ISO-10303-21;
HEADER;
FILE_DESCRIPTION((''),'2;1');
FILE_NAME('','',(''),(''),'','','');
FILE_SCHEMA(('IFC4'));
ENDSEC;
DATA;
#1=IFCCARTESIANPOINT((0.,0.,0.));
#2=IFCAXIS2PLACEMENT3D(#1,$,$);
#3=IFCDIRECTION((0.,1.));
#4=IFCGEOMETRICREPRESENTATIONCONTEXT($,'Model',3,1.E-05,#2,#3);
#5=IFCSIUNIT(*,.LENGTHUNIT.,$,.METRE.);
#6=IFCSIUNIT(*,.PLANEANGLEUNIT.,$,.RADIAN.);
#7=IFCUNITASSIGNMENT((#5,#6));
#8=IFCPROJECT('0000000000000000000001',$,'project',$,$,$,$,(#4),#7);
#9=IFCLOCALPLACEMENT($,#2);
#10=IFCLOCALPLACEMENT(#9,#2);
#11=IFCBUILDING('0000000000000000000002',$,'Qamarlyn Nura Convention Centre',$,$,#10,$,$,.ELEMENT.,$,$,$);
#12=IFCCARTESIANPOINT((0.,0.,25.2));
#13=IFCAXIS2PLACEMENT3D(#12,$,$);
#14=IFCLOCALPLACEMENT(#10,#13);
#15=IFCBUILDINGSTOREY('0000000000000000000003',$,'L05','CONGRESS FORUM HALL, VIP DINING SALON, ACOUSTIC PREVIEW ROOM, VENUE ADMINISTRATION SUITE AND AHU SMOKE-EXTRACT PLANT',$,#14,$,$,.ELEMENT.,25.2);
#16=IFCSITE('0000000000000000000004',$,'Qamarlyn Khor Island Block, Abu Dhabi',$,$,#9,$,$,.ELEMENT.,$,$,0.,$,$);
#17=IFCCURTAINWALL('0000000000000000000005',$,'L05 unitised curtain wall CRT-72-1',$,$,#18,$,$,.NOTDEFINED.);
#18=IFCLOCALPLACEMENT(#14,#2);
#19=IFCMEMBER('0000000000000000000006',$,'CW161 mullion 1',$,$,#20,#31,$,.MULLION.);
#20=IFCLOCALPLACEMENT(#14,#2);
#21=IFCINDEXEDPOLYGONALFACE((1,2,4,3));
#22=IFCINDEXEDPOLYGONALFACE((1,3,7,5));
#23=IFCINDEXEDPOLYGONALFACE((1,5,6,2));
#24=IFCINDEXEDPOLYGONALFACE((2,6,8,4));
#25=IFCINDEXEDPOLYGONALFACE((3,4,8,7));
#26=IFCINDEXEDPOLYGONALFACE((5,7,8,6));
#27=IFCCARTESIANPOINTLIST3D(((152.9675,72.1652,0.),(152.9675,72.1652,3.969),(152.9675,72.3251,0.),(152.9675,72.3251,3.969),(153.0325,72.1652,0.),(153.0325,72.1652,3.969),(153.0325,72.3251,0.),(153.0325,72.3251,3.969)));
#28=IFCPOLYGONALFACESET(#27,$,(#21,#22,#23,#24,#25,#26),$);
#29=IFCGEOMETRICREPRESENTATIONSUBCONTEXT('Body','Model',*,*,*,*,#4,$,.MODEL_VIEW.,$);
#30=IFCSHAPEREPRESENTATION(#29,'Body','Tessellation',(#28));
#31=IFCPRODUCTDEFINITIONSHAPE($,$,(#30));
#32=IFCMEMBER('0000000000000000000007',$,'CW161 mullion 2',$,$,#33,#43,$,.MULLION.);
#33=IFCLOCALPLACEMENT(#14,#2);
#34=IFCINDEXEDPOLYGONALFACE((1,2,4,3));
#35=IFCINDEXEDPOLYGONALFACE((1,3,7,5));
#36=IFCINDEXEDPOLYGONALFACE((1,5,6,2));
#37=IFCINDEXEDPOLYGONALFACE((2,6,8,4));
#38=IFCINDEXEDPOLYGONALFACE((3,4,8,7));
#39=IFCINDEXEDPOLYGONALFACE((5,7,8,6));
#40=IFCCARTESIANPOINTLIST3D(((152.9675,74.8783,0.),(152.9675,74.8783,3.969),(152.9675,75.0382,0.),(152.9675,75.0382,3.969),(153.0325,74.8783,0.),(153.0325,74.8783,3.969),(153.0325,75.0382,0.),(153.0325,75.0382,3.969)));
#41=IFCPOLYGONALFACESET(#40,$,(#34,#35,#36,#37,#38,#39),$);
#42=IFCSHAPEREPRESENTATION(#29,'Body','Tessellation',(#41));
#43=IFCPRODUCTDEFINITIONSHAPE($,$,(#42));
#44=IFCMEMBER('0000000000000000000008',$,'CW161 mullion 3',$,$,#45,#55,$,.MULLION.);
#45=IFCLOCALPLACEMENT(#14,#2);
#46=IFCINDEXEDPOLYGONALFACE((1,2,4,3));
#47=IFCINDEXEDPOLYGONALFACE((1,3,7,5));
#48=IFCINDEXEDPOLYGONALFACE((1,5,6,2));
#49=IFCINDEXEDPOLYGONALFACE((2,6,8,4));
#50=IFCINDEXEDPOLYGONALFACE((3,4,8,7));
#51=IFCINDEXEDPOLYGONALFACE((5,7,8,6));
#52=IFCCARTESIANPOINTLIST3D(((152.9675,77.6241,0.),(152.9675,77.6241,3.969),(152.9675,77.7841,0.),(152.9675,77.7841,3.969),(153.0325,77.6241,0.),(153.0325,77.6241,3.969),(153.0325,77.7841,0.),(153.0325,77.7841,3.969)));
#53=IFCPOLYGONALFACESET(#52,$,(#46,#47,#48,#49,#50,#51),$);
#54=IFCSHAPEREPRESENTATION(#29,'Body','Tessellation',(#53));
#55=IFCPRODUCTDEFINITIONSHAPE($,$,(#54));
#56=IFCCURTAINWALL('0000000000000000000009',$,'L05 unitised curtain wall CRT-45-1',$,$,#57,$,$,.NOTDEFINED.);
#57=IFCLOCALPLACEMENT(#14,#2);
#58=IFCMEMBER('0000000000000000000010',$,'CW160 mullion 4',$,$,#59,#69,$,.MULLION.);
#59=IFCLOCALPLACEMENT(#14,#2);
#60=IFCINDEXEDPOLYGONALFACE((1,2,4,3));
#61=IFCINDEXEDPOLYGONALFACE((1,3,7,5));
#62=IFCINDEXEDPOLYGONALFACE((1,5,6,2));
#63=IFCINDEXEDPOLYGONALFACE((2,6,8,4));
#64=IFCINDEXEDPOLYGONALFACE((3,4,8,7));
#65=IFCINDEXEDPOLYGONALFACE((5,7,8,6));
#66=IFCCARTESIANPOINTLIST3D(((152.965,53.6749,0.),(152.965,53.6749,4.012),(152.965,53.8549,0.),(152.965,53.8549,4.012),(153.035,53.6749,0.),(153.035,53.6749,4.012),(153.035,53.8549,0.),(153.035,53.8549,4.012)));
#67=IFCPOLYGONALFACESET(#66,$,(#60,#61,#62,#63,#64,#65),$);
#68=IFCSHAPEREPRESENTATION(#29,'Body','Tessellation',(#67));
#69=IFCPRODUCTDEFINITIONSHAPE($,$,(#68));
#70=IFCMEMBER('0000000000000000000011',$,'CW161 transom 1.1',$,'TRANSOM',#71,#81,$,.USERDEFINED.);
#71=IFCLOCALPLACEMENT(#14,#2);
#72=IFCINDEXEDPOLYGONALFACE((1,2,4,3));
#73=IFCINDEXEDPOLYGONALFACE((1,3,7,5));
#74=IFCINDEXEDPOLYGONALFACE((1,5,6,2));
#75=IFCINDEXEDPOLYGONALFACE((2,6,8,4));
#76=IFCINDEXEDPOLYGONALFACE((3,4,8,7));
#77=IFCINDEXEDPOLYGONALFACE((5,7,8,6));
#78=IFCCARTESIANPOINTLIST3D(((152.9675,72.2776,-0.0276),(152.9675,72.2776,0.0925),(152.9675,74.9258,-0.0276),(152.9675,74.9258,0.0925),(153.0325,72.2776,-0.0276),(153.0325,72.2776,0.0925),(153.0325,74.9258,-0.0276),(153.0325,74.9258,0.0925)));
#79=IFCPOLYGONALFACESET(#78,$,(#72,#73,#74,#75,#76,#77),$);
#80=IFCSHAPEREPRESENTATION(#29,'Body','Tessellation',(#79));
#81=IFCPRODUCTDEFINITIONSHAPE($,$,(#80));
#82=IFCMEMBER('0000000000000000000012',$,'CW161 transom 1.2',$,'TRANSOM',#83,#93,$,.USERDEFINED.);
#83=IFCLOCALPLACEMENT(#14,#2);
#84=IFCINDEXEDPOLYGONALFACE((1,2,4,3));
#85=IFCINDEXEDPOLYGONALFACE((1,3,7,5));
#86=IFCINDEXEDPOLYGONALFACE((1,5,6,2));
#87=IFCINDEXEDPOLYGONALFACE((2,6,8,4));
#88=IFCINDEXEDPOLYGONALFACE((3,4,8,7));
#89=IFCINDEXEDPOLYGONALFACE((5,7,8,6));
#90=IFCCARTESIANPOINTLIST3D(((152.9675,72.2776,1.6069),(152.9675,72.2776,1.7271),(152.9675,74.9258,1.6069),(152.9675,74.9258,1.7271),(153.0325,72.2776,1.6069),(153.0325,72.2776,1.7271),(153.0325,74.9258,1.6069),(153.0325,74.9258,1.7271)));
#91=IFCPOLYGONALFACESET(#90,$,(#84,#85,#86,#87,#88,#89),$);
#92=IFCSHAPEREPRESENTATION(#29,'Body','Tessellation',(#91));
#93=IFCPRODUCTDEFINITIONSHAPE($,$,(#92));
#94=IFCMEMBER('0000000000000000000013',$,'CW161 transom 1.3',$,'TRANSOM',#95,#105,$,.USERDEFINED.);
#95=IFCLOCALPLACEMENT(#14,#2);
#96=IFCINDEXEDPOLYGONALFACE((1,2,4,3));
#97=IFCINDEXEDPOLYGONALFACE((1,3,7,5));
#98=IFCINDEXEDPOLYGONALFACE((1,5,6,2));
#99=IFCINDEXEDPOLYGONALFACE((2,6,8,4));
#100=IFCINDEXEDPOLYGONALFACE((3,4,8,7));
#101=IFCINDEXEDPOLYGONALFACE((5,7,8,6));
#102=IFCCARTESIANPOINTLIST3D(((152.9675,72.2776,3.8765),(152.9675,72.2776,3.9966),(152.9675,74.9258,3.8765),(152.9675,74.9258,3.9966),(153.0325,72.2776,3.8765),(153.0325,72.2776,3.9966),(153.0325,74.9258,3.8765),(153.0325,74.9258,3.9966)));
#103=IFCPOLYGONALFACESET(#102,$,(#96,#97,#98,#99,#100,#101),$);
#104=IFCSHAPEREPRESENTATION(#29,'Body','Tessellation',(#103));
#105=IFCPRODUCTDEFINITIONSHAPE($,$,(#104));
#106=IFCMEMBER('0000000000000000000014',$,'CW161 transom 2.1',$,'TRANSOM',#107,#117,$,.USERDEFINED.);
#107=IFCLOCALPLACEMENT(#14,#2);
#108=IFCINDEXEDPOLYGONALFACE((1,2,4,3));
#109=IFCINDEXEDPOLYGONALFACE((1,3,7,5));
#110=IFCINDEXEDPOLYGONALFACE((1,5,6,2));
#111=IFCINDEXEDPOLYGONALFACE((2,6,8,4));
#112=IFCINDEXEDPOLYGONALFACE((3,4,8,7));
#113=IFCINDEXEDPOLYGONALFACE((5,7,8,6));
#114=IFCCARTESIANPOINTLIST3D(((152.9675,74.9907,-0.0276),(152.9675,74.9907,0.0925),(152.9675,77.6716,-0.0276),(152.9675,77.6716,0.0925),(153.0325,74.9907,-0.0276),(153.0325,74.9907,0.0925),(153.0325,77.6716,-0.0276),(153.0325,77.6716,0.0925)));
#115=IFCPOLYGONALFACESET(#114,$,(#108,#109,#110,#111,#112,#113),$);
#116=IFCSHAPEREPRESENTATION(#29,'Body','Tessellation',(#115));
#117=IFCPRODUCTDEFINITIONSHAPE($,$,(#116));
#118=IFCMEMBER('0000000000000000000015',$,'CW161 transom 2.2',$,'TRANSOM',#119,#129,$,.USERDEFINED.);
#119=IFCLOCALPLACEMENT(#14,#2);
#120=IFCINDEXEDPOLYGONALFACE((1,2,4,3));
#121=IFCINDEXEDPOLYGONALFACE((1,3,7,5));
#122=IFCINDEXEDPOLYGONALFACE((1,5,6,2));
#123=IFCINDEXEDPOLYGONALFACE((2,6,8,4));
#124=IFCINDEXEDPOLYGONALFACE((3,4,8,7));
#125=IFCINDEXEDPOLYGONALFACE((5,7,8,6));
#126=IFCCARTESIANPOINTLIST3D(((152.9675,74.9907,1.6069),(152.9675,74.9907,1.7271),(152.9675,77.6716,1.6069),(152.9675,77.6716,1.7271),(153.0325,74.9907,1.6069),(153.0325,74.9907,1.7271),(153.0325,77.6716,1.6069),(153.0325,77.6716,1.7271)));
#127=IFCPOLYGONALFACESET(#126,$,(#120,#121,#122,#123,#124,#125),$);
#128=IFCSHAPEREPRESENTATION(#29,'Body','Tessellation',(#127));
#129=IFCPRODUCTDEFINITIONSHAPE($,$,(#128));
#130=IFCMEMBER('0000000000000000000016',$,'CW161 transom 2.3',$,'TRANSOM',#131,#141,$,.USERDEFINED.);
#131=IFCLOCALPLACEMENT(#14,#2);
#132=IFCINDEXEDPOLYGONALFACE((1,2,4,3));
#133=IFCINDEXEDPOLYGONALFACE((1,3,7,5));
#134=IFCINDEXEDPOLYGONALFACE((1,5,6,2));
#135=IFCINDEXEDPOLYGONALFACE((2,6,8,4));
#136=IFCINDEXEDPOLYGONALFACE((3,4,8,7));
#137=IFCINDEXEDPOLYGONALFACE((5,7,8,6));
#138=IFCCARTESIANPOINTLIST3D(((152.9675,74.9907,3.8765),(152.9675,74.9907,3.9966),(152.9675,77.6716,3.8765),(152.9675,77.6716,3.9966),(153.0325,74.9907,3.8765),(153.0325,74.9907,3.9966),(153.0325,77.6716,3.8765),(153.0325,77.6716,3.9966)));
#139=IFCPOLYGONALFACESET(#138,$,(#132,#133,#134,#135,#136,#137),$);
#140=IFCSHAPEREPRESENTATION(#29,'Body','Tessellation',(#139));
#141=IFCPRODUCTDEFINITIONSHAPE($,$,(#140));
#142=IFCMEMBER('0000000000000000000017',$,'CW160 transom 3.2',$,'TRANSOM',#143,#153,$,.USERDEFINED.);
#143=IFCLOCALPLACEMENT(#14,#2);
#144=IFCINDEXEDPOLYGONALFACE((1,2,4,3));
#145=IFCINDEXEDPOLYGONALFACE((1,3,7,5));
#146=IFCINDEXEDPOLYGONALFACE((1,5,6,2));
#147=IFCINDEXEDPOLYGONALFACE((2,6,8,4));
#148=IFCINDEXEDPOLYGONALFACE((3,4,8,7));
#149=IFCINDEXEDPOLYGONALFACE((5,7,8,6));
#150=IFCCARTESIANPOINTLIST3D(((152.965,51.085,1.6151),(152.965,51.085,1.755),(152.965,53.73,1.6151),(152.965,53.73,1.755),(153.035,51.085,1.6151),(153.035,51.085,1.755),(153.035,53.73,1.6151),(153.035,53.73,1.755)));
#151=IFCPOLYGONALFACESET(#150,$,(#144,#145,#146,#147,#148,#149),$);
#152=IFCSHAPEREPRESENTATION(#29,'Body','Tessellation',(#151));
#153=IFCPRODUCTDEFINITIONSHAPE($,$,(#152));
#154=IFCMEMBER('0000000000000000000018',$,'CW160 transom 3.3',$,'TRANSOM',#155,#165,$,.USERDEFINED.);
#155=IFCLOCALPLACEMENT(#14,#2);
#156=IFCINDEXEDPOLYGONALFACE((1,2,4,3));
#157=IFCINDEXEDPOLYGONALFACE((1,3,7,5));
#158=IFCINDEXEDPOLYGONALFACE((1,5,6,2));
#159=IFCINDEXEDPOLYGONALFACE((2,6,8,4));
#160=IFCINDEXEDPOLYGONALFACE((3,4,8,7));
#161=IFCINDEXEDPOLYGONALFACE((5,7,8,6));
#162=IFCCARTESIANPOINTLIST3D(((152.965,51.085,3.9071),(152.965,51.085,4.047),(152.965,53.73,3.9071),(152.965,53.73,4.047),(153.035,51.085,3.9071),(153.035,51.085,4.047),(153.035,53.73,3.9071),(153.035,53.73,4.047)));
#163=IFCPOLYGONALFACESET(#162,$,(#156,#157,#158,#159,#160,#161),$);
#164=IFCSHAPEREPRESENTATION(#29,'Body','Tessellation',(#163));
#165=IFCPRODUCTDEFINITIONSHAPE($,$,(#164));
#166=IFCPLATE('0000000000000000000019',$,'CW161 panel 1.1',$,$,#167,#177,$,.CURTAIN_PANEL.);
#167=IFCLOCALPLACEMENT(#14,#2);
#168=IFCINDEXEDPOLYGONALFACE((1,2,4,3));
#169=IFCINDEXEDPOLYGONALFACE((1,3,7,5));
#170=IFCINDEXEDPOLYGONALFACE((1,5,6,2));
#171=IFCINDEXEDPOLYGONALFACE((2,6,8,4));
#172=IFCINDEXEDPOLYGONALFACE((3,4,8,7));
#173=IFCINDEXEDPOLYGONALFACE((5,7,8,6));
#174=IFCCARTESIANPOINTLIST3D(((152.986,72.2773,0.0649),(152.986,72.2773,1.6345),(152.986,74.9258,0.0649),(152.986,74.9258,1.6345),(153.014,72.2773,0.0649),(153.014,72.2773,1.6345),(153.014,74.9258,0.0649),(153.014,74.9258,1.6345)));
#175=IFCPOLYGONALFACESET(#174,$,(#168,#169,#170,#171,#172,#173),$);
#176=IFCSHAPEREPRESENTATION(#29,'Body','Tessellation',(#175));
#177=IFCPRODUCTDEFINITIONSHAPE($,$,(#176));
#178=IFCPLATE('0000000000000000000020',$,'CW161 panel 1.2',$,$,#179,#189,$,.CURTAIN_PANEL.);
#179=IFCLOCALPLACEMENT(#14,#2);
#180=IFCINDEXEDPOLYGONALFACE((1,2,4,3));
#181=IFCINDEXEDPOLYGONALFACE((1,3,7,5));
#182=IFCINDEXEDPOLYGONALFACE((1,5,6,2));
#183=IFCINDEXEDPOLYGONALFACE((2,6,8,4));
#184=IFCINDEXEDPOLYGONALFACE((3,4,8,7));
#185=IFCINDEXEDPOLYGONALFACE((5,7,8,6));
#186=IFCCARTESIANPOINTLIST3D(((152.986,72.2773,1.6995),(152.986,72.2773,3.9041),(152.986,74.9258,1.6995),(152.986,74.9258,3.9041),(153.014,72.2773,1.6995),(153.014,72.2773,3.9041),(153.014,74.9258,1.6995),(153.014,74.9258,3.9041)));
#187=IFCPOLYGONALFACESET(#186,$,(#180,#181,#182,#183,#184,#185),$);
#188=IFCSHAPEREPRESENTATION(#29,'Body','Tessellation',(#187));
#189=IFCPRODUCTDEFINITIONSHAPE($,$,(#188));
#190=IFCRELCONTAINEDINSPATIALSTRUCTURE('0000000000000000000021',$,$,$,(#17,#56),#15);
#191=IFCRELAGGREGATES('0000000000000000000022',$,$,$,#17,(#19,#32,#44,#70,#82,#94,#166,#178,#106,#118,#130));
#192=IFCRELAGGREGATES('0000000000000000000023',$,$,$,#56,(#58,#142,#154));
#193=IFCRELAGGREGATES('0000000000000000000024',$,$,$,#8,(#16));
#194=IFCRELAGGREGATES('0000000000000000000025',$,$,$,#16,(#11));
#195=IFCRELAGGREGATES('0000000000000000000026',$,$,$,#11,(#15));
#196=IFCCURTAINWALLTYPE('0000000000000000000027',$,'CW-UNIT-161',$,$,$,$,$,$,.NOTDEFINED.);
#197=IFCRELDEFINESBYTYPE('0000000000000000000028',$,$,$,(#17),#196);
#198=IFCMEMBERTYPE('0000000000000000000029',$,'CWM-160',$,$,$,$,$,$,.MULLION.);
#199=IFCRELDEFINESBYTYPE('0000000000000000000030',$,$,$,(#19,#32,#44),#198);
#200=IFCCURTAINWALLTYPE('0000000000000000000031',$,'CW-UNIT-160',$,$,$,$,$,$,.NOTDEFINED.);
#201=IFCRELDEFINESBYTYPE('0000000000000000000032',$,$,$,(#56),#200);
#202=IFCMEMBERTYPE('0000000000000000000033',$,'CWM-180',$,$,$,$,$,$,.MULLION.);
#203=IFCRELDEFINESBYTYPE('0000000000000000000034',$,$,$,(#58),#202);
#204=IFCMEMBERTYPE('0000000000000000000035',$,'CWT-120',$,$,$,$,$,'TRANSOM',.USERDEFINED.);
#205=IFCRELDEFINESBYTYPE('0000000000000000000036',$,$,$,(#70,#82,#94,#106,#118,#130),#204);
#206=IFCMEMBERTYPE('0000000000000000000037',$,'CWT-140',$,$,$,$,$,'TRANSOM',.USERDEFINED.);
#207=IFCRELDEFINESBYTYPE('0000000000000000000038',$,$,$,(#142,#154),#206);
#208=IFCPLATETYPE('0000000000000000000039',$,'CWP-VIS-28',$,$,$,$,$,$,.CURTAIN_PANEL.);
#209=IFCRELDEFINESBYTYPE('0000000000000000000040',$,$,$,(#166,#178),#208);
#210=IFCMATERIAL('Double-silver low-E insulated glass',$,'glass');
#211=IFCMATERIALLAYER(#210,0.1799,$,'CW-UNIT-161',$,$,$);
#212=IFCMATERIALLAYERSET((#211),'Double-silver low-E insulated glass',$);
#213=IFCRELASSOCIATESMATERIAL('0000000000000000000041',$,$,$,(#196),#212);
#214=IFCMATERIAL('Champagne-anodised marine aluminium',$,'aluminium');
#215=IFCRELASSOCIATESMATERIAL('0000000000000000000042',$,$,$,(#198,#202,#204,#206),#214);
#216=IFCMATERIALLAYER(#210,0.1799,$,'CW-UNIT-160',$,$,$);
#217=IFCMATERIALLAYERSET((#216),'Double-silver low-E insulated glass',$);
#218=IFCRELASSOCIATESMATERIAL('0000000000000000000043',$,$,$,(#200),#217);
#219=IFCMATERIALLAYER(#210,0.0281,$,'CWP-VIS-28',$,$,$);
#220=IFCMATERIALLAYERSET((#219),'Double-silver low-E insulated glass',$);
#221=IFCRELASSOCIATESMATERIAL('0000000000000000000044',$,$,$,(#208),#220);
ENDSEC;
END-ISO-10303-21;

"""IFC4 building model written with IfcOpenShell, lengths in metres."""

from ifc_helpers import new_model, si_unit, direction, frame, origin, origin_2d, place, context, subcontext, project, spatial, rectangle, extrude, material, layer, layer_set, material_profile, profile_set, type_object, element, aggregate, save


model = new_model("IFC4")

# Units and contexts
model_context = context("Model", 3, precision=1e-05, world=origin(), true_north=direction((0.0, 1.0)))
body_context = subcontext(model_context, "Body", "Model", "MODEL_VIEW")
ifc_project = project(units=[si_unit("LENGTHUNIT", "METRE"), si_unit("PLANEANGLEUNIT", "RADIAN")], contexts=[model_context])

# Site, building, storey
site_placement = place(None, origin())
site = spatial("IfcSite", under=ifc_project, at=site_placement, Name="Qamarlyn Khor Island Block, Abu Dhabi", CompositionType="ELEMENT", RefElevation=0.0)
building_placement = place(site_placement, origin())
building = spatial("IfcBuilding", under=site, at=building_placement, Name="Qamarlyn Nura Convention Centre", CompositionType="ELEMENT")
storey_placement = place(building_placement, frame((0.0, 0.0, 25.2)))
storey = spatial("IfcBuildingStorey", under=building, at=storey_placement, Name="L05", Description="CONGRESS FORUM HALL, VIP DINING SALON, ACOUSTIC PREVIEW ROOM, VENUE ADMINISTRATION SUITE AND AHU SMOKE-EXTRACT PLANT", CompositionType="ELEMENT", Elevation=25.2)

# Curtain wall, members
ifc_material_1 = material(Name="Double-silver low-E insulated glass", Category="glass")
ifc_layer_1 = layer(ifc_material_1, 0.1799, Name="CW-UNIT-161")
ifc_layer_set_1 = layer_set([ifc_layer_1], Name="Double-silver low-E insulated glass")
curtain_wall_type_1 = type_object("IfcCurtainWallType", Name="CW-UNIT-161", PredefinedType="NOTDEFINED", material=ifc_layer_set_1)
curtain_wall_1_placement = place(storey_placement, origin())
curtain_wall_1 = element("IfcCurtainWall", 1, at=curtain_wall_1_placement, inside=storey, type_object=curtain_wall_type_1, Name="L05 unitised curtain wall CRT-72-1", PredefinedType="NOTDEFINED")
ifc_material_2 = material(Name="Champagne-anodised marine aluminium", Category="aluminium")
ifc_material_profile_1 = material_profile(ifc_material_2, rectangle(XDim=0.0649, YDim=0.1599, at=origin_2d()), Name="ALU MULLION 65x160")
ifc_profile_set_1 = profile_set([ifc_material_profile_1], Name="Champagne-anodised marine aluminium")
member_type_1 = type_object("IfcMemberType", Name="CWM-160", PredefinedType="MULLION", material=ifc_profile_set_1)
member_1_placement = place(storey_placement, frame((153.0, 72.2451, 0.0), z_axis=(0.0, 0.0, 1.0), x_axis=(-1.0, 0.0, 0.0)))
member_1 = element("IfcMember", 2, at=member_1_placement, type_object=member_type_1, Name="CW161 mullion 1", PredefinedType="MULLION", context=body_context, shape_type="SweptSolid", body=[
    extrude(rectangle(XDim=0.0649, YDim=0.1599, at=origin_2d()), origin(), (0.0, 0.0, 1.0), 3.969),
])
member_2_placement = place(storey_placement, frame((153.0, 74.9583, 0.0), z_axis=(0.0, 0.0, 1.0), x_axis=(-1.0, 0.0, 0.0)))
member_2 = element("IfcMember", 3, at=member_2_placement, type_object=member_type_1, Name="CW161 mullion 2", PredefinedType="MULLION", context=body_context, shape_type="SweptSolid", body=[
    extrude(rectangle(XDim=0.0649, YDim=0.1599, at=origin_2d()), origin(), (0.0, 0.0, 1.0), 3.969),
])
member_3_placement = place(storey_placement, frame((153.0, 77.7041, 0.0), z_axis=(0.0, 0.0, 1.0), x_axis=(-1.0, 0.0, 0.0)))
member_3 = element("IfcMember", 4, at=member_3_placement, type_object=member_type_1, Name="CW161 mullion 3", PredefinedType="MULLION", context=body_context, shape_type="SweptSolid", body=[
    extrude(rectangle(XDim=0.0649, YDim=0.1599, at=origin_2d()), origin(), (0.0, 0.0, 1.0), 3.969),
])

# Curtain wall, member
ifc_layer_2 = layer(ifc_material_1, 0.1799, Name="CW-UNIT-160")
ifc_layer_set_2 = layer_set([ifc_layer_2], Name="Double-silver low-E insulated glass")
curtain_wall_type_2 = type_object("IfcCurtainWallType", Name="CW-UNIT-160", PredefinedType="NOTDEFINED", material=ifc_layer_set_2)
curtain_wall_2_placement = place(storey_placement, origin())
curtain_wall_2 = element("IfcCurtainWall", 5, at=curtain_wall_2_placement, inside=storey, type_object=curtain_wall_type_2, Name="L05 unitised curtain wall CRT-45-1", PredefinedType="NOTDEFINED")
ifc_material_profile_2 = material_profile(ifc_material_2, rectangle(XDim=0.0701, YDim=0.1799, at=origin_2d()), Name="ALU MULLION 70x180")
ifc_profile_set_2 = profile_set([ifc_material_profile_2], Name="Champagne-anodised marine aluminium")
member_type_2 = type_object("IfcMemberType", Name="CWM-180", PredefinedType="MULLION", material=ifc_profile_set_2)
member_4_placement = place(storey_placement, frame((153.0, 53.7649, 0.0), z_axis=(0.0, 0.0, 1.0), x_axis=(-1.0, 0.0, 0.0)))
member_4 = element("IfcMember", 6, at=member_4_placement, type_object=member_type_2, Name="CW160 mullion 4", PredefinedType="MULLION", context=body_context, shape_type="SweptSolid", body=[
    extrude(rectangle(XDim=0.0701, YDim=0.1799, at=origin_2d()), origin(), (0.0, 0.0, 1.0), 4.012),
])

# Members
ifc_material_profile_3 = material_profile(ifc_material_2, rectangle(XDim=0.0649, YDim=0.1201, at=origin_2d()), Name="ALU TRANSOM 65x120")
ifc_profile_set_3 = profile_set([ifc_material_profile_3], Name="Champagne-anodised marine aluminium")
member_type_3 = type_object("IfcMemberType", Name="CWT-120", ElementType="TRANSOM", PredefinedType="USERDEFINED", material=ifc_profile_set_3)
member_5_placement = place(storey_placement, frame((153.0, 72.2776, 0.0325), z_axis=(0.0, 1.0, 0.0), x_axis=(-1.0, 0.0, 0.0)))
member_5 = element("IfcMember", 7, at=member_5_placement, type_object=member_type_3, Name="CW161 transom 1.1", ObjectType="TRANSOM", PredefinedType="USERDEFINED", context=body_context, shape_type="SweptSolid", body=[
    extrude(rectangle(XDim=0.0649, YDim=0.1201, at=origin_2d()), origin(), (0.0, 0.0, 1.0), 2.6482),
])
member_6_placement = place(storey_placement, frame((153.0, 72.2776, 1.667), z_axis=(0.0, 1.0, 0.0), x_axis=(-1.0, 0.0, 0.0)))
member_6 = element("IfcMember", 8, at=member_6_placement, type_object=member_type_3, Name="CW161 transom 1.2", ObjectType="TRANSOM", PredefinedType="USERDEFINED", context=body_context, shape_type="SweptSolid", body=[
    extrude(rectangle(XDim=0.0649, YDim=0.1201, at=origin_2d()), origin(), (0.0, 0.0, 1.0), 2.6482),
])
member_7_placement = place(storey_placement, frame((153.0, 72.2776, 3.9365), z_axis=(0.0, 1.0, 0.0), x_axis=(-1.0, 0.0, 0.0)))
member_7 = element("IfcMember", 9, at=member_7_placement, type_object=member_type_3, Name="CW161 transom 1.3", ObjectType="TRANSOM", PredefinedType="USERDEFINED", context=body_context, shape_type="SweptSolid", body=[
    extrude(rectangle(XDim=0.0649, YDim=0.1201, at=origin_2d()), origin(), (0.0, 0.0, 1.0), 2.6482),
])
member_8_placement = place(storey_placement, frame((153.0, 74.9907, 0.0325), z_axis=(0.0, 1.0, 0.0), x_axis=(-1.0, 0.0, 0.0)))
member_8 = element("IfcMember", 10, at=member_8_placement, type_object=member_type_3, Name="CW161 transom 2.1", ObjectType="TRANSOM", PredefinedType="USERDEFINED", context=body_context, shape_type="SweptSolid", body=[
    extrude(rectangle(XDim=0.0649, YDim=0.1201, at=origin_2d()), origin(), (0.0, 0.0, 1.0), 2.6809),
])
member_9_placement = place(storey_placement, frame((153.0, 74.9907, 1.667), z_axis=(0.0, 1.0, 0.0), x_axis=(-1.0, 0.0, 0.0)))
member_9 = element("IfcMember", 11, at=member_9_placement, type_object=member_type_3, Name="CW161 transom 2.2", ObjectType="TRANSOM", PredefinedType="USERDEFINED", context=body_context, shape_type="SweptSolid", body=[
    extrude(rectangle(XDim=0.0649, YDim=0.1201, at=origin_2d()), origin(), (0.0, 0.0, 1.0), 2.6809),
])
member_10_placement = place(storey_placement, frame((153.0, 74.9907, 3.9365), z_axis=(0.0, 1.0, 0.0), x_axis=(-1.0, 0.0, 0.0)))
member_10 = element("IfcMember", 12, at=member_10_placement, type_object=member_type_3, Name="CW161 transom 2.3", ObjectType="TRANSOM", PredefinedType="USERDEFINED", context=body_context, shape_type="SweptSolid", body=[
    extrude(rectangle(XDim=0.0649, YDim=0.1201, at=origin_2d()), origin(), (0.0, 0.0, 1.0), 2.6809),
])
ifc_material_profile_4 = material_profile(ifc_material_2, rectangle(XDim=0.0701, YDim=0.1399, at=origin_2d()), Name="ALU TRANSOM 70x140")
ifc_profile_set_4 = profile_set([ifc_material_profile_4], Name="Champagne-anodised marine aluminium")
member_type_4 = type_object("IfcMemberType", Name="CWT-140", ElementType="TRANSOM", PredefinedType="USERDEFINED", material=ifc_profile_set_4)
member_11_placement = place(storey_placement, frame((153.0, 51.085, 1.6851), z_axis=(0.0, 1.0, 0.0), x_axis=(-1.0, 0.0, 0.0)))
member_11 = element("IfcMember", 13, at=member_11_placement, type_object=member_type_4, Name="CW160 transom 3.2", ObjectType="TRANSOM", PredefinedType="USERDEFINED", context=body_context, shape_type="SweptSolid", body=[
    extrude(rectangle(XDim=0.0701, YDim=0.1399, at=origin_2d()), origin(), (0.0, 0.0, 1.0), 2.645),
])
member_12_placement = place(storey_placement, frame((153.0, 51.085, 3.9771), z_axis=(0.0, 1.0, 0.0), x_axis=(-1.0, 0.0, 0.0)))
member_12 = element("IfcMember", 14, at=member_12_placement, type_object=member_type_4, Name="CW160 transom 3.3", ObjectType="TRANSOM", PredefinedType="USERDEFINED", context=body_context, shape_type="SweptSolid", body=[
    extrude(rectangle(XDim=0.0701, YDim=0.1399, at=origin_2d()), origin(), (0.0, 0.0, 1.0), 2.645),
])

# Plates
ifc_layer_3 = layer(ifc_material_1, 0.0281, Name="CWP-VIS-28")
ifc_layer_set_3 = layer_set([ifc_layer_3], Name="Double-silver low-E insulated glass")
plate_type_1 = type_object("IfcPlateType", Name="CWP-VIS-28", PredefinedType="CURTAIN_PANEL", material=ifc_layer_set_3)
plate_1_placement = place(storey_placement, frame((153.0, 73.6016, 0.0649), z_axis=(0.0, 0.0, 1.0), x_axis=(0.0, 1.0, 0.0)))
plate_1 = element("IfcPlate", 15, at=plate_1_placement, type_object=plate_type_1, Name="CW161 panel 1.1", PredefinedType="CURTAIN_PANEL", context=body_context, shape_type="SweptSolid", body=[
    extrude(rectangle(XDim=2.6484, YDim=0.0281, at=origin_2d()), origin(), (0.0, 0.0, 1.0), 1.5696),
])
plate_2_placement = place(storey_placement, frame((153.0, 73.6016, 1.6995), z_axis=(0.0, 0.0, 1.0), x_axis=(0.0, 1.0, 0.0)))
plate_2 = element("IfcPlate", 16, at=plate_2_placement, type_object=plate_type_1, Name="CW161 panel 1.2", PredefinedType="CURTAIN_PANEL", context=body_context, shape_type="SweptSolid", body=[
    extrude(rectangle(XDim=2.6484, YDim=0.0281, at=origin_2d()), origin(), (0.0, 0.0, 1.0), 2.2046),
])
aggregate(curtain_wall_1, [member_1, member_2, member_3, member_5, member_6, member_7, plate_1, plate_2, member_8, member_9, member_10])
aggregate(curtain_wall_2, [member_4, member_11, member_12])

save(model, "model.ifc")
